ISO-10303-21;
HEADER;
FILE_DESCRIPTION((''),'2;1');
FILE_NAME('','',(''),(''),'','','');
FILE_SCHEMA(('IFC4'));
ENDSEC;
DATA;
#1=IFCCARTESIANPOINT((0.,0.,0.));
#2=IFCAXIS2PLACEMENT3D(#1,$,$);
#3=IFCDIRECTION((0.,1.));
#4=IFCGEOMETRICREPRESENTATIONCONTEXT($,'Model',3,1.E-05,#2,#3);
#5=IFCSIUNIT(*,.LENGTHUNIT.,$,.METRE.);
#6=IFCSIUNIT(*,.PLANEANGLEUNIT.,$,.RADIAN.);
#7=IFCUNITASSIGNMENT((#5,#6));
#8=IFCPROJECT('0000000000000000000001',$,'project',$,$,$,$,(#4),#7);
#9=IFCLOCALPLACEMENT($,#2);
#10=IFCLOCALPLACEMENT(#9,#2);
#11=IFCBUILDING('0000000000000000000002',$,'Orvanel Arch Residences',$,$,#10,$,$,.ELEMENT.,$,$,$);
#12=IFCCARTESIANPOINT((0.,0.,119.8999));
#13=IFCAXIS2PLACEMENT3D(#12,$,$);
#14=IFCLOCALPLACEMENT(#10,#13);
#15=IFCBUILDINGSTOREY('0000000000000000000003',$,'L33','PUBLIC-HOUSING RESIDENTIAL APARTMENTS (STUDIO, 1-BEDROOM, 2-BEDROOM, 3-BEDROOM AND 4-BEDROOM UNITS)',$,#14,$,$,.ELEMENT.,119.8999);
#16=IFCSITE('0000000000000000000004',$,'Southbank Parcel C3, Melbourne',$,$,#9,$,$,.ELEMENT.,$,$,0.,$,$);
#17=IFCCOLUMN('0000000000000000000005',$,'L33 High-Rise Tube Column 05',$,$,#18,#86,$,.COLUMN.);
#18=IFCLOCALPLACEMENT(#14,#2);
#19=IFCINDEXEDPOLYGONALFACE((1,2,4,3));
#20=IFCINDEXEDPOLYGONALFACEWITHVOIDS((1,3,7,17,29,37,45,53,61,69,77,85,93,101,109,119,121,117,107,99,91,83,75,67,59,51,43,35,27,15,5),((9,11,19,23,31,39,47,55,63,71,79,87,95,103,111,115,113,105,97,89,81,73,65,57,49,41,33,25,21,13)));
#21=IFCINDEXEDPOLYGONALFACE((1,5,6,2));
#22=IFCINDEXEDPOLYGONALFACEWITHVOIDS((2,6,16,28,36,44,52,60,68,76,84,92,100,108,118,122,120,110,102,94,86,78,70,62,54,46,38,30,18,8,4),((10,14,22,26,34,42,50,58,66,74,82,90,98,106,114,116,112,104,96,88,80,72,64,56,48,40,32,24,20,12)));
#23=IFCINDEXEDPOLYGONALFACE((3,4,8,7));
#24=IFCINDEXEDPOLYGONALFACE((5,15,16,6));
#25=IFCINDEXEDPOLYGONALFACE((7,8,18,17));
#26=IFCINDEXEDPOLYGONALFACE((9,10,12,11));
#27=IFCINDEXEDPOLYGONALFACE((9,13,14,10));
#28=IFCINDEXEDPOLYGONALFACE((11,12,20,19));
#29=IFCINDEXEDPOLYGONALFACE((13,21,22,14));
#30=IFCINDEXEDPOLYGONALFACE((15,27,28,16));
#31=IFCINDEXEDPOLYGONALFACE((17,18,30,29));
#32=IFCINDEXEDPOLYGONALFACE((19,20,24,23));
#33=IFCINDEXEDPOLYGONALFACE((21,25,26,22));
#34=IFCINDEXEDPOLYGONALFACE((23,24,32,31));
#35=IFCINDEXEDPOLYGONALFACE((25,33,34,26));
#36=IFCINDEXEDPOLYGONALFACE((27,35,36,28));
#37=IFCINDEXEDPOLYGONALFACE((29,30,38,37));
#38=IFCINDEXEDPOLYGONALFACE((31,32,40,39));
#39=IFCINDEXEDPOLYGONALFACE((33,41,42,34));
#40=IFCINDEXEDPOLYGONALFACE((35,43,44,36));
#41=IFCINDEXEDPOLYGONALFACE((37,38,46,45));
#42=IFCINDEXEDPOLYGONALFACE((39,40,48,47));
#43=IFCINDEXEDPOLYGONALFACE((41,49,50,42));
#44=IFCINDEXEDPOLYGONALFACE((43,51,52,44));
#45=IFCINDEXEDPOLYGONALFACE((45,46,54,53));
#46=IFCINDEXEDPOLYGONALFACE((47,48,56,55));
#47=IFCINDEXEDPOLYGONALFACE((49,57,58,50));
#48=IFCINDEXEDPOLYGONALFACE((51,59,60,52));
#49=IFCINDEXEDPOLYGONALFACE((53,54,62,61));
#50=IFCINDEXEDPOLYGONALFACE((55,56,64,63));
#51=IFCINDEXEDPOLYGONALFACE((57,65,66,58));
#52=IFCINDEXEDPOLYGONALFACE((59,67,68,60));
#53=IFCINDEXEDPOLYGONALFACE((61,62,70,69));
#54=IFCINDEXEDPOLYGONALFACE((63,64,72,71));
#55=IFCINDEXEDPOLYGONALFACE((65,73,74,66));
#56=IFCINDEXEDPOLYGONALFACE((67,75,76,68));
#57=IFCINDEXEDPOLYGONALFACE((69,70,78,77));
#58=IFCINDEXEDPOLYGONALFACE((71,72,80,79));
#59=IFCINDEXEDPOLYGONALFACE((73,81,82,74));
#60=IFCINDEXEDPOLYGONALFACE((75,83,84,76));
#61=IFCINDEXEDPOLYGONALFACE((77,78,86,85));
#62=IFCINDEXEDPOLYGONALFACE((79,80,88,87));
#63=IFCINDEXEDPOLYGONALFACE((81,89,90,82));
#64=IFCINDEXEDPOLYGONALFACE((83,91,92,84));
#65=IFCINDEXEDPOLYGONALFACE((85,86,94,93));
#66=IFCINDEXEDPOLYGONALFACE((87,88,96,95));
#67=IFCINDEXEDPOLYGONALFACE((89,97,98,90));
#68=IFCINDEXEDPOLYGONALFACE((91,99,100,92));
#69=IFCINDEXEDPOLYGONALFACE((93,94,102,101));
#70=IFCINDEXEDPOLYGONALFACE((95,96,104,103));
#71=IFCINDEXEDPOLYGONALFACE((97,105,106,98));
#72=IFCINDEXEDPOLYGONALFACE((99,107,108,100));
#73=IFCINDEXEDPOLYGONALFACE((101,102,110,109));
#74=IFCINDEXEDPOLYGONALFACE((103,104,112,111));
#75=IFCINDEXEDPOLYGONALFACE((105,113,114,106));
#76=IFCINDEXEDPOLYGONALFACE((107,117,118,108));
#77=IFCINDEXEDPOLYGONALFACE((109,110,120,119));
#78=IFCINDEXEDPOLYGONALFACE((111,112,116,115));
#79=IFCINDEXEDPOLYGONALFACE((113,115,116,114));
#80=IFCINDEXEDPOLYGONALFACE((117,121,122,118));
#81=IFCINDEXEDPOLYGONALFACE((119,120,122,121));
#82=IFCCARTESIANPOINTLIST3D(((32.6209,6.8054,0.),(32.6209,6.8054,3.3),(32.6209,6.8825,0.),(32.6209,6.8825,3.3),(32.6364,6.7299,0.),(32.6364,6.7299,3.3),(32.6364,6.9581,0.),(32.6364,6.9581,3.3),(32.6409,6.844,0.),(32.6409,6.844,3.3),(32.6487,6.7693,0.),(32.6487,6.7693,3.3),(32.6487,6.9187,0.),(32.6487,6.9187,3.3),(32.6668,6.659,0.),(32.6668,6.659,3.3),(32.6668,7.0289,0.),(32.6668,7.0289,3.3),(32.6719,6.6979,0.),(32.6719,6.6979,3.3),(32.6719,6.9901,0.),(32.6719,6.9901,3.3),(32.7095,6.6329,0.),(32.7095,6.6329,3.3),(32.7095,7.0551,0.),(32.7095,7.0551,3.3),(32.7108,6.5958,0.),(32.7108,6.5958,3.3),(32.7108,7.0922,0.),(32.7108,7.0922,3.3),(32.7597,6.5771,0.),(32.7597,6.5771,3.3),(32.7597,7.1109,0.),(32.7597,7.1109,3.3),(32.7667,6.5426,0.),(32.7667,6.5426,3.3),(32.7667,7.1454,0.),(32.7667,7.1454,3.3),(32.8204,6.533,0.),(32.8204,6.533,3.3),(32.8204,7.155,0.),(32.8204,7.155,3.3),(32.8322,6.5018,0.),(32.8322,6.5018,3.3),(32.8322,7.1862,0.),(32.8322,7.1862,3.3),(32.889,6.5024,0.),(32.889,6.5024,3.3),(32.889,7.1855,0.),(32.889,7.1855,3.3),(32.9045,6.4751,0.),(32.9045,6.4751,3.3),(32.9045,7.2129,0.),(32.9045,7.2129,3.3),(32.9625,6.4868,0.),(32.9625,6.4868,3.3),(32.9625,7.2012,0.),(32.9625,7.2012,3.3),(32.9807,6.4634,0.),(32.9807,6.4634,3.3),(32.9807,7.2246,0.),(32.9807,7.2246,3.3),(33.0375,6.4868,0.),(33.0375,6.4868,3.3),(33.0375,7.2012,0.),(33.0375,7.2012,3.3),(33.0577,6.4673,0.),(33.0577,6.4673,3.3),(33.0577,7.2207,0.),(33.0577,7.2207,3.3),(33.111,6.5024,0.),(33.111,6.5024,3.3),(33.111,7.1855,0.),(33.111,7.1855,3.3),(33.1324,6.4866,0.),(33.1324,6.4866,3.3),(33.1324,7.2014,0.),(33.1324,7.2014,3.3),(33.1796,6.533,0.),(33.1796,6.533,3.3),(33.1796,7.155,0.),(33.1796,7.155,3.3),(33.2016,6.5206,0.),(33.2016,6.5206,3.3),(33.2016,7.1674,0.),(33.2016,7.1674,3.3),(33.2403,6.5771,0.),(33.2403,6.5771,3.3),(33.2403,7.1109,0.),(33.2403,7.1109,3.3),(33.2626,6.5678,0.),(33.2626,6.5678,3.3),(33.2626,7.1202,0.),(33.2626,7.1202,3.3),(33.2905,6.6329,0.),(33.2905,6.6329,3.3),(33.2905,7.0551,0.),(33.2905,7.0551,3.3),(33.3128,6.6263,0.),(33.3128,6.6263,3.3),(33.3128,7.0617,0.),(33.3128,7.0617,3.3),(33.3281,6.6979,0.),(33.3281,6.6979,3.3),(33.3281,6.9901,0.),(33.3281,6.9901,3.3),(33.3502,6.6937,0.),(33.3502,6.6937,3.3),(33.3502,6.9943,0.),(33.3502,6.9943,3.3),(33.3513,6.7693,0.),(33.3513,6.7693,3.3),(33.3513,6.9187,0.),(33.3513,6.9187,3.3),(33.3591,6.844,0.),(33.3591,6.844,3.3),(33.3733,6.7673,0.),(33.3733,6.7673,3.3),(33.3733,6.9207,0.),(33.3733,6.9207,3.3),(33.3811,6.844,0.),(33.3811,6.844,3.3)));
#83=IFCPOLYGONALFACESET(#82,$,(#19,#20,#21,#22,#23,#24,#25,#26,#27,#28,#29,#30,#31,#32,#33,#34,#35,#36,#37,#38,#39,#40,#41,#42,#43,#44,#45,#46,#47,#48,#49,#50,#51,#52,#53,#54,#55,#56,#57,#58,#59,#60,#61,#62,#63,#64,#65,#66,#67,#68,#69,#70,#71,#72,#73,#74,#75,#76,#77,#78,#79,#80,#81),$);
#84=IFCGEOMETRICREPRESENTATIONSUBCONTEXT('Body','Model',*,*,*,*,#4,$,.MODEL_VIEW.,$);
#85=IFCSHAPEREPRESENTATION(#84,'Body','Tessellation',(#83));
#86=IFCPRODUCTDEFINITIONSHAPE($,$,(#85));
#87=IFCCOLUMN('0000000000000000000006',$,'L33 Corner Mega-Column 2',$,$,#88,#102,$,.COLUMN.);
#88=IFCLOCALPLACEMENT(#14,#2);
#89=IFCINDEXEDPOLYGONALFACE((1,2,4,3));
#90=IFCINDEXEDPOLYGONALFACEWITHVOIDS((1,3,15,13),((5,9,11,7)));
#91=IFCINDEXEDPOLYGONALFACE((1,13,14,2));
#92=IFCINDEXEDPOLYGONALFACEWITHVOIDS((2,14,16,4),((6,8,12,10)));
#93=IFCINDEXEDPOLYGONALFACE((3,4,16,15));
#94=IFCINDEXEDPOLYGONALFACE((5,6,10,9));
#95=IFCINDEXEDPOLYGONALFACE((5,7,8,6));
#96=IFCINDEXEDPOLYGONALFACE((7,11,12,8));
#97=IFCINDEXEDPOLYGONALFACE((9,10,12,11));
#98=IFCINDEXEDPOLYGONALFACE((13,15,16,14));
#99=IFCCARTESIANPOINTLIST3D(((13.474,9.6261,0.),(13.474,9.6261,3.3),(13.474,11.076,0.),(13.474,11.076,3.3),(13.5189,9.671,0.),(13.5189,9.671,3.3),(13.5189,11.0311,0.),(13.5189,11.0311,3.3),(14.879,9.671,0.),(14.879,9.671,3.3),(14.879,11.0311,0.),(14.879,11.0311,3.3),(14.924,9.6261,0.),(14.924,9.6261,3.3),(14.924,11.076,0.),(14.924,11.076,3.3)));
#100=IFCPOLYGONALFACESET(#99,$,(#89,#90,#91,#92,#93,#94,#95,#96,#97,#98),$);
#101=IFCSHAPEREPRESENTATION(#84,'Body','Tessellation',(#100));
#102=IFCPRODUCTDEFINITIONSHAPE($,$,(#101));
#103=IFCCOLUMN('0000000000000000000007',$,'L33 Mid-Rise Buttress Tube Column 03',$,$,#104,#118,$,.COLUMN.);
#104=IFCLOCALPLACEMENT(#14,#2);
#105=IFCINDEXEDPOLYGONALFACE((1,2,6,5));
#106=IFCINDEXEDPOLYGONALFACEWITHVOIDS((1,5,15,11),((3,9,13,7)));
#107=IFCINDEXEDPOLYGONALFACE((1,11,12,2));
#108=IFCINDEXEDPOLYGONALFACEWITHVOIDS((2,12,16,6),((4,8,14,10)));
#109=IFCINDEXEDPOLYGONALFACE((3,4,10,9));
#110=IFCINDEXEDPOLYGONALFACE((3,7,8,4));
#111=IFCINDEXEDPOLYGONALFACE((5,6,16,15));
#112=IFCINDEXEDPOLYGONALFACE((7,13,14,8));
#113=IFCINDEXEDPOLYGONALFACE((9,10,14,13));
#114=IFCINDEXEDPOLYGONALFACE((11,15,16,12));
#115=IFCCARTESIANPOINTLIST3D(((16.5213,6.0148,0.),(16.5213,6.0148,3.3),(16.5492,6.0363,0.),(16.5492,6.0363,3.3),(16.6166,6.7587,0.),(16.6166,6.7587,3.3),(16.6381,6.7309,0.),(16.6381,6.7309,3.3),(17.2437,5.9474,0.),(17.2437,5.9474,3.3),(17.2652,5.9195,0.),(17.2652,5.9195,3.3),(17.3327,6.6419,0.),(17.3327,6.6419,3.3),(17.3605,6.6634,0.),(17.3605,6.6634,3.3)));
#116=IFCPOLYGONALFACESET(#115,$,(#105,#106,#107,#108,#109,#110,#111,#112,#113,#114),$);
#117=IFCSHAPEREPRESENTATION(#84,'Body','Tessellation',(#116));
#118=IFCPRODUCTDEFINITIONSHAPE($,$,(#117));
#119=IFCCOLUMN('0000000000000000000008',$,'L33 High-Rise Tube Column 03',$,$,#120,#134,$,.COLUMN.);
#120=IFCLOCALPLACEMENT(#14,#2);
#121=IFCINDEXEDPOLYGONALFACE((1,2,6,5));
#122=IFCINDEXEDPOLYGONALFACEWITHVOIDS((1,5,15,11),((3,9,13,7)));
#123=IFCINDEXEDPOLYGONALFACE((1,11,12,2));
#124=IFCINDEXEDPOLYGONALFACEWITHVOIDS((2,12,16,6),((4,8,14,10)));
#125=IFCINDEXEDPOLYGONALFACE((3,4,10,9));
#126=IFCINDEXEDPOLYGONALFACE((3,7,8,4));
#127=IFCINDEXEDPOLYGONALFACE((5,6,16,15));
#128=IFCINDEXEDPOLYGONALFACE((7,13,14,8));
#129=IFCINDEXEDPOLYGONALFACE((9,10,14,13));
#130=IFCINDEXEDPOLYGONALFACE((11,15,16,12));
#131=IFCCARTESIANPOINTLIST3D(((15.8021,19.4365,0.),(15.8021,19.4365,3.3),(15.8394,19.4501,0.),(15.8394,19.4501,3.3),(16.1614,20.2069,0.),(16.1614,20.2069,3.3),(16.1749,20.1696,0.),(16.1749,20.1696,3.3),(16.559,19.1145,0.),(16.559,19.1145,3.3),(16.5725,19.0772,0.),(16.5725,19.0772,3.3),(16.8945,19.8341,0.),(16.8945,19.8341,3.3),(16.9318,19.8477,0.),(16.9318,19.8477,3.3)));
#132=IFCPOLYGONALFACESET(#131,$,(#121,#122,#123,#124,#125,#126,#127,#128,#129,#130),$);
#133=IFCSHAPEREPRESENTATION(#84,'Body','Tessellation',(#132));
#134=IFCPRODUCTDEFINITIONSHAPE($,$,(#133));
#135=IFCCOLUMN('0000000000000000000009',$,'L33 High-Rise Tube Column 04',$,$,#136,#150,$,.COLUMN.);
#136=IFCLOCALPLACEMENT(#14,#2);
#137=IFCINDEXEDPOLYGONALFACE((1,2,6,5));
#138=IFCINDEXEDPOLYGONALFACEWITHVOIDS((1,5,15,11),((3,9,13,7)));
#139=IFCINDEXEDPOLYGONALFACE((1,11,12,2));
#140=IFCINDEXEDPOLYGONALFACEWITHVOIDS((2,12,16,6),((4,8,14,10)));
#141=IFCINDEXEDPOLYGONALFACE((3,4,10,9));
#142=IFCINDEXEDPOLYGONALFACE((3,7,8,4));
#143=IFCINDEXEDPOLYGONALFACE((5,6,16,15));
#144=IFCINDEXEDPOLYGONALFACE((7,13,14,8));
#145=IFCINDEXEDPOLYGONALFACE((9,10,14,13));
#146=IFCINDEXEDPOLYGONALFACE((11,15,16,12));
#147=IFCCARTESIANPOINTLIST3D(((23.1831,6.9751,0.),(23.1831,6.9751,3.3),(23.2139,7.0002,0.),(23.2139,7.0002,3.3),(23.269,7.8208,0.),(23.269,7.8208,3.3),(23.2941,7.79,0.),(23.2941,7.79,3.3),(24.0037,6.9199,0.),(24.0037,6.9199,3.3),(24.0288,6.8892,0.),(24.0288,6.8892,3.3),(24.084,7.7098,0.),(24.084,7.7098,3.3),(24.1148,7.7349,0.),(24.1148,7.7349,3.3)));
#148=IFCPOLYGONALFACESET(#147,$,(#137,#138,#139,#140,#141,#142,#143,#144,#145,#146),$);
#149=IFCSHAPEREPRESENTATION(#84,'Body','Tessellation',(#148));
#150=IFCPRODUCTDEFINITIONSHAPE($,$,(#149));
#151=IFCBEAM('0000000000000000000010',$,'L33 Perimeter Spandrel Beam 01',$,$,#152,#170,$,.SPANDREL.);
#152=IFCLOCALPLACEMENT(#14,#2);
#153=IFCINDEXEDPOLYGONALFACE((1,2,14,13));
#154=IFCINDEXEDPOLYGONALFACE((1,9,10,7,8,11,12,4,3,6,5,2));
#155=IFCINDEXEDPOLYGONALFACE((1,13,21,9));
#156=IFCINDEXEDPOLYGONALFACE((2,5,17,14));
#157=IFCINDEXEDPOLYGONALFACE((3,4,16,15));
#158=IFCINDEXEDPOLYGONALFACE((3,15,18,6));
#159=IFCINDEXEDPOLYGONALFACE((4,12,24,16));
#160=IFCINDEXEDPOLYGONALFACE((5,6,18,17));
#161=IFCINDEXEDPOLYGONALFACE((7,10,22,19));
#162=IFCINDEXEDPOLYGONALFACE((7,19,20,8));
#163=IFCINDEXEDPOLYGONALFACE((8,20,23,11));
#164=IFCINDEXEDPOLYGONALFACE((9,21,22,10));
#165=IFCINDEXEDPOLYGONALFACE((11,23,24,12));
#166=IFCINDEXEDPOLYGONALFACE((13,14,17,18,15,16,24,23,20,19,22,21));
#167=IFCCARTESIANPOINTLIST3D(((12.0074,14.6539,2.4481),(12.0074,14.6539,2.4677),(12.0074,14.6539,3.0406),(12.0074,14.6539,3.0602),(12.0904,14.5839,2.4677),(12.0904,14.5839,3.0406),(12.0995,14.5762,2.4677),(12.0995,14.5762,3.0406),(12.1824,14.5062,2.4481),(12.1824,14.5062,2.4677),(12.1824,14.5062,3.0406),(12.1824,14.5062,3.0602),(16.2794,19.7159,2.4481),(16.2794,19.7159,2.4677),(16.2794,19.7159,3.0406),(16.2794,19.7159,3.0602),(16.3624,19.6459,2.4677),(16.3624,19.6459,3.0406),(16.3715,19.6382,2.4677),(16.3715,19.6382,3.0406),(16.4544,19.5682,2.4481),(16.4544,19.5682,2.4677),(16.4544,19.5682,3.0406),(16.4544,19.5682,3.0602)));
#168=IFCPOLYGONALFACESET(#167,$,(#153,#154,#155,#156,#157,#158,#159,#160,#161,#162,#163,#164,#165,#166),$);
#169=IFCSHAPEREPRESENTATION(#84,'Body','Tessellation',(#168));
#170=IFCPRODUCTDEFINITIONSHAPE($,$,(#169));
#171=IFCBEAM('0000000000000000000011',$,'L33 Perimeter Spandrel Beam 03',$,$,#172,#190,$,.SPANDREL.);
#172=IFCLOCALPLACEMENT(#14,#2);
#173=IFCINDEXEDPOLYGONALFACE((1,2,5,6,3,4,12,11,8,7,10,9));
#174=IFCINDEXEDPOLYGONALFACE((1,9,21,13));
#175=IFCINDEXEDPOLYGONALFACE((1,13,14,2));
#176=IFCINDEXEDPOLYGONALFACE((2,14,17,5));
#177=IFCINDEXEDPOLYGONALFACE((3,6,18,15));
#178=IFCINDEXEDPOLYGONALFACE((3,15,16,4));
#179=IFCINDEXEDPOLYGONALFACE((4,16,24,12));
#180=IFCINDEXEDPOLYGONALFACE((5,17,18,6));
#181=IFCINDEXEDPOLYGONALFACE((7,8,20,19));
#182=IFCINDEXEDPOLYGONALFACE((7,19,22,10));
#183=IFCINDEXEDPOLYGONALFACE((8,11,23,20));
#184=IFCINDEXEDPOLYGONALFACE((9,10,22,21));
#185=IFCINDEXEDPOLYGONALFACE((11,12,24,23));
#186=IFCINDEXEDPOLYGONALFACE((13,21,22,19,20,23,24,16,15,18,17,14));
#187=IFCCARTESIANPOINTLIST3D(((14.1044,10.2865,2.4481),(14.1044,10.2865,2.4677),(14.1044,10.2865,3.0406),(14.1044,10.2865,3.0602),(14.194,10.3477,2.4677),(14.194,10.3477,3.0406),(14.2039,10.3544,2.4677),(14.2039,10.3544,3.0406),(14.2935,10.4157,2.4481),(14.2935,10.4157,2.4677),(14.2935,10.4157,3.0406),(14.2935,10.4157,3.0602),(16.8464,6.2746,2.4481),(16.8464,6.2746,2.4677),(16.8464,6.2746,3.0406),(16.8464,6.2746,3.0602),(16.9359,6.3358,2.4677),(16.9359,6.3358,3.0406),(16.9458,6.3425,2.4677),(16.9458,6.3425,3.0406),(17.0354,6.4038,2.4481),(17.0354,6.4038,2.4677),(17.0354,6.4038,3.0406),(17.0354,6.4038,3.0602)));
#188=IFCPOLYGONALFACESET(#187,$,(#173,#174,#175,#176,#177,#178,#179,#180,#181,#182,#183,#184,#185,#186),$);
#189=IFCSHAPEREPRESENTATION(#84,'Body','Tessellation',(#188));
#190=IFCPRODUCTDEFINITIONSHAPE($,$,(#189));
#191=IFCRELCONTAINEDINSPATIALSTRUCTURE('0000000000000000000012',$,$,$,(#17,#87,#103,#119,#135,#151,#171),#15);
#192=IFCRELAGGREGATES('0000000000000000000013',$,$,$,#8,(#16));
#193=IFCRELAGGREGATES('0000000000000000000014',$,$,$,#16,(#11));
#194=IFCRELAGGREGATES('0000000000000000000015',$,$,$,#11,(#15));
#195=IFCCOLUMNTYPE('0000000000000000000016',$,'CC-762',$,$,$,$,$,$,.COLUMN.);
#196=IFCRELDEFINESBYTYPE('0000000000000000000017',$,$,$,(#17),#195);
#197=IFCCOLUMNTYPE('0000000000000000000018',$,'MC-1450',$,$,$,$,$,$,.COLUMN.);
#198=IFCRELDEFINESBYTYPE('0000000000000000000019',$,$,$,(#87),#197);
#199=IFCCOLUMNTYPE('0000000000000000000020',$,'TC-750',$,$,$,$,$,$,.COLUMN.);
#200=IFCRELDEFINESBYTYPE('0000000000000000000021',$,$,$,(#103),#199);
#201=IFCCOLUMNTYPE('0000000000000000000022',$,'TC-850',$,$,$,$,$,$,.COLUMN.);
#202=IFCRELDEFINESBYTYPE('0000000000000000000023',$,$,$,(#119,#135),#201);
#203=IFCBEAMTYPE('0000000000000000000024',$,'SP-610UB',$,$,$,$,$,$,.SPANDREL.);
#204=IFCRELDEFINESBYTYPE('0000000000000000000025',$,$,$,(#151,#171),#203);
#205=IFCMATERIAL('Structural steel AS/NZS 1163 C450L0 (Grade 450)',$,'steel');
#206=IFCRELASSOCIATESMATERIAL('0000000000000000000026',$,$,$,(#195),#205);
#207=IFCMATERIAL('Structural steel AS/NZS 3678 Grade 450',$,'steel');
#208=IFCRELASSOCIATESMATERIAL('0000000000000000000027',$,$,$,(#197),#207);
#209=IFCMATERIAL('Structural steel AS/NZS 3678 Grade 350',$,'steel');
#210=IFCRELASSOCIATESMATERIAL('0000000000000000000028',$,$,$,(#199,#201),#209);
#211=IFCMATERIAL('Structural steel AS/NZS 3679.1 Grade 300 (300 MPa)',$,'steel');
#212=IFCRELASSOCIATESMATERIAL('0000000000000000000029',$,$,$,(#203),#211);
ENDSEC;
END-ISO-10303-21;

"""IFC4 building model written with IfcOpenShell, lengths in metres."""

from ifc_helpers import new_model, si_unit, direction, frame, origin, origin_2d, place, context, subcontext, project, spatial, hollow_rectangle, hollow_circle, i_section, extrude, material, material_profile, profile_set, type_object, element, save


model = new_model("IFC4")

# Units and contexts
model_context = context("Model", 3, precision=1e-05, world=origin(), true_north=direction((0.0, 1.0)))
body_context = subcontext(model_context, "Body", "Model", "MODEL_VIEW")
ifc_project = project(units=[si_unit("LENGTHUNIT", "METRE"), si_unit("PLANEANGLEUNIT", "RADIAN")], contexts=[model_context])

# Site, building, storey
site_placement = place(None, origin())
site = spatial("IfcSite", under=ifc_project, at=site_placement, Name="Southbank Parcel C3, Melbourne", CompositionType="ELEMENT", RefElevation=0.0)
building_placement = place(site_placement, origin())
building = spatial("IfcBuilding", under=site, at=building_placement, Name="Orvanel Arch Residences", CompositionType="ELEMENT")
storey_placement = place(building_placement, frame((0.0, 0.0, 119.8999)))
storey = spatial("IfcBuildingStorey", under=building, at=storey_placement, Name="L33", Description="PUBLIC-HOUSING RESIDENTIAL APARTMENTS (STUDIO, 1-BEDROOM, 2-BEDROOM, 3-BEDROOM AND 4-BEDROOM UNITS)", CompositionType="ELEMENT", Elevation=119.8999)

# Columns
ifc_material_1 = material(Name="Structural steel AS/NZS 1163 C450L0 (Grade 450)", Category="steel")
ifc_material_profile_1 = material_profile(ifc_material_1, hollow_circle(Radius=0.3811, WallThickness=0.022, at=origin_2d()), Name="CHS762x22")
ifc_profile_set_1 = profile_set([ifc_material_profile_1], Name="Structural steel AS/NZS 1163 C450L0 (Grade 450)")
column_type_1 = type_object("IfcColumnType", Name="CC-762", PredefinedType="COLUMN", material=ifc_profile_set_1)
column_1_placement = place(storey_placement, frame((33.0, 6.844, 0.0), z_axis=(0.0, 0.0, 1.0), x_axis=(1.0, 0.0, 0.0)))
element("IfcColumn", 1, at=column_1_placement, inside=storey, type_object=column_type_1, Name="L33 High-Rise Tube Column 05", PredefinedType="COLUMN", context=body_context, shape_type="SweptSolid", body=[
    extrude(hollow_circle(Radius=0.3811, WallThickness=0.022, at=origin_2d()), origin(), (0.0, 0.0, 1.0), 3.3),
])
ifc_material_2 = material(Name="Structural steel AS/NZS 3678 Grade 450", Category="steel")
ifc_material_profile_2 = material_profile(ifc_material_2, hollow_rectangle(XDim=1.45, YDim=1.45, WallThickness=0.0449, at=origin_2d()), Name="BOX1450x1450x45")
ifc_profile_set_2 = profile_set([ifc_material_profile_2], Name="Structural steel AS/NZS 3678 Grade 450")
column_type_2 = type_object("IfcColumnType", Name="MC-1450", PredefinedType="COLUMN", material=ifc_profile_set_2)
column_2_placement = place(storey_placement, frame((14.199, 10.3511, 0.0), z_axis=(0.0, 0.0, 1.0), x_axis=(1.0, 0.0, 0.0)))
element("IfcColumn", 2, at=column_2_placement, inside=storey, type_object=column_type_2, Name="L33 Corner Mega-Column 2", PredefinedType="COLUMN", context=body_context, shape_type="SweptSolid", body=[
    extrude(hollow_rectangle(XDim=1.45, YDim=1.45, WallThickness=0.0449, at=origin_2d()), origin(), (0.0, 0.0, 1.0), 3.3),
])
ifc_material_3 = material(Name="Structural steel AS/NZS 3678 Grade 350", Category="steel")
ifc_material_profile_3 = material_profile(ifc_material_3, hollow_rectangle(XDim=0.75, YDim=0.75, WallThickness=0.0249, at=origin_2d()), Name="BOX750x750x25")
ifc_profile_set_3 = profile_set([ifc_material_profile_3], Name="Structural steel AS/NZS 3678 Grade 350")
column_type_3 = type_object("IfcColumnType", Name="TC-750", PredefinedType="COLUMN", material=ifc_profile_set_3)
column_3_placement = place(storey_placement, frame((16.9409, 6.3391, 0.0), z_axis=(0.0, 0.0, 1.0), x_axis=(-0.991894, 0.127065, 0.0)))
element("IfcColumn", 3, at=column_3_placement, inside=storey, type_object=column_type_3, Name="L33 Mid-Rise Buttress Tube Column 03", PredefinedType="COLUMN", context=body_context, shape_type="SweptSolid", body=[
    extrude(hollow_rectangle(XDim=0.75, YDim=0.75, WallThickness=0.0249, at=origin_2d()), origin(), (0.0, 0.0, 1.0), 3.3),
])
ifc_material_profile_4 = material_profile(ifc_material_3, hollow_rectangle(XDim=0.8501, YDim=0.8501, WallThickness=0.0281, at=origin_2d()), Name="BOX850x850x28")
ifc_profile_set_4 = profile_set([ifc_material_profile_4], Name="Structural steel AS/NZS 3678 Grade 350")
column_type_4 = type_object("IfcColumnType", Name="TC-850", PredefinedType="COLUMN", material=ifc_profile_set_4)
for number, where, z_axis, x_axis, name in (
    (4, (16.3669, 19.6421, 0.0), (0.0, 0.0, 1.0), (0.422618, 0.906308, 0.0), "L33 High-Rise Tube Column 03"),
    (5, (23.6489, 7.355, 0.0), (0.0, 0.0, 1.0), (-0.994881, 0.101056, 0.0), "L33 High-Rise Tube Column 04"),
):
    element("IfcColumn", number, at=place(storey_placement, frame(where, z_axis=z_axis, x_axis=x_axis)), inside=storey, type_object=column_type_4, Name=name, PredefinedType="COLUMN", context=body_context, shape_type="SweptSolid", body=[
        extrude(hollow_rectangle(XDim=0.8501, YDim=0.8501, WallThickness=0.0281, at=origin_2d()), origin(), (0.0, 0.0, 1.0), 3.3),
    ])

# Beams
ifc_material_4 = material(Name="Structural steel AS/NZS 3679.1 Grade 300 (300 MPa)", Category="steel")
ifc_material_profile_5 = material_profile(ifc_material_4, i_section(OverallWidth=0.229, OverallDepth=0.6121, WebThickness=0.012, FlangeThickness=0.0195, at=origin_2d()), Name="610UB125")
ifc_profile_set_5 = profile_set([ifc_material_profile_5], Name="Structural steel AS/NZS 3679.1 Grade 300 (300 MPa)")
beam_type = type_object("IfcBeamType", Name="SP-610UB", PredefinedType="SPANDREL", material=ifc_profile_set_5)
beam_1_placement = place(storey_placement, frame((16.3669, 19.6421, 2.7542), z_axis=(-0.64495, -0.764224, 0.0), x_axis=(0.764224, -0.64495, 0.0)))
element("IfcBeam", 6, at=beam_1_placement, inside=storey, type_object=beam_type, Name="L33 Perimeter Spandrel Beam 01", PredefinedType="SPANDREL", context=body_context, shape_type="SweptSolid", body=[
    extrude(i_section(OverallWidth=0.229, OverallDepth=0.6121, WebThickness=0.012, FlangeThickness=0.0195, at=origin_2d()), origin(), (0.0, 0.0, 1.0), 6.6238),
])
beam_2_placement = place(storey_placement, frame((14.199, 10.3511, 2.7542), z_axis=(0.564252, -0.825603, 0.0), x_axis=(0.825603, 0.564252, 0.0)))
element("IfcBeam", 7, at=beam_2_placement, inside=storey, type_object=beam_type, Name="L33 Perimeter Spandrel Beam 03", PredefinedType="SPANDREL", context=body_context, shape_type="SweptSolid", body=[
    extrude(i_section(OverallWidth=0.229, OverallDepth=0.6121, WebThickness=0.012, FlangeThickness=0.0195, at=origin_2d()), origin(), (0.0, 0.0, 1.0), 4.8594),
])

save(model, "model.ifc")
